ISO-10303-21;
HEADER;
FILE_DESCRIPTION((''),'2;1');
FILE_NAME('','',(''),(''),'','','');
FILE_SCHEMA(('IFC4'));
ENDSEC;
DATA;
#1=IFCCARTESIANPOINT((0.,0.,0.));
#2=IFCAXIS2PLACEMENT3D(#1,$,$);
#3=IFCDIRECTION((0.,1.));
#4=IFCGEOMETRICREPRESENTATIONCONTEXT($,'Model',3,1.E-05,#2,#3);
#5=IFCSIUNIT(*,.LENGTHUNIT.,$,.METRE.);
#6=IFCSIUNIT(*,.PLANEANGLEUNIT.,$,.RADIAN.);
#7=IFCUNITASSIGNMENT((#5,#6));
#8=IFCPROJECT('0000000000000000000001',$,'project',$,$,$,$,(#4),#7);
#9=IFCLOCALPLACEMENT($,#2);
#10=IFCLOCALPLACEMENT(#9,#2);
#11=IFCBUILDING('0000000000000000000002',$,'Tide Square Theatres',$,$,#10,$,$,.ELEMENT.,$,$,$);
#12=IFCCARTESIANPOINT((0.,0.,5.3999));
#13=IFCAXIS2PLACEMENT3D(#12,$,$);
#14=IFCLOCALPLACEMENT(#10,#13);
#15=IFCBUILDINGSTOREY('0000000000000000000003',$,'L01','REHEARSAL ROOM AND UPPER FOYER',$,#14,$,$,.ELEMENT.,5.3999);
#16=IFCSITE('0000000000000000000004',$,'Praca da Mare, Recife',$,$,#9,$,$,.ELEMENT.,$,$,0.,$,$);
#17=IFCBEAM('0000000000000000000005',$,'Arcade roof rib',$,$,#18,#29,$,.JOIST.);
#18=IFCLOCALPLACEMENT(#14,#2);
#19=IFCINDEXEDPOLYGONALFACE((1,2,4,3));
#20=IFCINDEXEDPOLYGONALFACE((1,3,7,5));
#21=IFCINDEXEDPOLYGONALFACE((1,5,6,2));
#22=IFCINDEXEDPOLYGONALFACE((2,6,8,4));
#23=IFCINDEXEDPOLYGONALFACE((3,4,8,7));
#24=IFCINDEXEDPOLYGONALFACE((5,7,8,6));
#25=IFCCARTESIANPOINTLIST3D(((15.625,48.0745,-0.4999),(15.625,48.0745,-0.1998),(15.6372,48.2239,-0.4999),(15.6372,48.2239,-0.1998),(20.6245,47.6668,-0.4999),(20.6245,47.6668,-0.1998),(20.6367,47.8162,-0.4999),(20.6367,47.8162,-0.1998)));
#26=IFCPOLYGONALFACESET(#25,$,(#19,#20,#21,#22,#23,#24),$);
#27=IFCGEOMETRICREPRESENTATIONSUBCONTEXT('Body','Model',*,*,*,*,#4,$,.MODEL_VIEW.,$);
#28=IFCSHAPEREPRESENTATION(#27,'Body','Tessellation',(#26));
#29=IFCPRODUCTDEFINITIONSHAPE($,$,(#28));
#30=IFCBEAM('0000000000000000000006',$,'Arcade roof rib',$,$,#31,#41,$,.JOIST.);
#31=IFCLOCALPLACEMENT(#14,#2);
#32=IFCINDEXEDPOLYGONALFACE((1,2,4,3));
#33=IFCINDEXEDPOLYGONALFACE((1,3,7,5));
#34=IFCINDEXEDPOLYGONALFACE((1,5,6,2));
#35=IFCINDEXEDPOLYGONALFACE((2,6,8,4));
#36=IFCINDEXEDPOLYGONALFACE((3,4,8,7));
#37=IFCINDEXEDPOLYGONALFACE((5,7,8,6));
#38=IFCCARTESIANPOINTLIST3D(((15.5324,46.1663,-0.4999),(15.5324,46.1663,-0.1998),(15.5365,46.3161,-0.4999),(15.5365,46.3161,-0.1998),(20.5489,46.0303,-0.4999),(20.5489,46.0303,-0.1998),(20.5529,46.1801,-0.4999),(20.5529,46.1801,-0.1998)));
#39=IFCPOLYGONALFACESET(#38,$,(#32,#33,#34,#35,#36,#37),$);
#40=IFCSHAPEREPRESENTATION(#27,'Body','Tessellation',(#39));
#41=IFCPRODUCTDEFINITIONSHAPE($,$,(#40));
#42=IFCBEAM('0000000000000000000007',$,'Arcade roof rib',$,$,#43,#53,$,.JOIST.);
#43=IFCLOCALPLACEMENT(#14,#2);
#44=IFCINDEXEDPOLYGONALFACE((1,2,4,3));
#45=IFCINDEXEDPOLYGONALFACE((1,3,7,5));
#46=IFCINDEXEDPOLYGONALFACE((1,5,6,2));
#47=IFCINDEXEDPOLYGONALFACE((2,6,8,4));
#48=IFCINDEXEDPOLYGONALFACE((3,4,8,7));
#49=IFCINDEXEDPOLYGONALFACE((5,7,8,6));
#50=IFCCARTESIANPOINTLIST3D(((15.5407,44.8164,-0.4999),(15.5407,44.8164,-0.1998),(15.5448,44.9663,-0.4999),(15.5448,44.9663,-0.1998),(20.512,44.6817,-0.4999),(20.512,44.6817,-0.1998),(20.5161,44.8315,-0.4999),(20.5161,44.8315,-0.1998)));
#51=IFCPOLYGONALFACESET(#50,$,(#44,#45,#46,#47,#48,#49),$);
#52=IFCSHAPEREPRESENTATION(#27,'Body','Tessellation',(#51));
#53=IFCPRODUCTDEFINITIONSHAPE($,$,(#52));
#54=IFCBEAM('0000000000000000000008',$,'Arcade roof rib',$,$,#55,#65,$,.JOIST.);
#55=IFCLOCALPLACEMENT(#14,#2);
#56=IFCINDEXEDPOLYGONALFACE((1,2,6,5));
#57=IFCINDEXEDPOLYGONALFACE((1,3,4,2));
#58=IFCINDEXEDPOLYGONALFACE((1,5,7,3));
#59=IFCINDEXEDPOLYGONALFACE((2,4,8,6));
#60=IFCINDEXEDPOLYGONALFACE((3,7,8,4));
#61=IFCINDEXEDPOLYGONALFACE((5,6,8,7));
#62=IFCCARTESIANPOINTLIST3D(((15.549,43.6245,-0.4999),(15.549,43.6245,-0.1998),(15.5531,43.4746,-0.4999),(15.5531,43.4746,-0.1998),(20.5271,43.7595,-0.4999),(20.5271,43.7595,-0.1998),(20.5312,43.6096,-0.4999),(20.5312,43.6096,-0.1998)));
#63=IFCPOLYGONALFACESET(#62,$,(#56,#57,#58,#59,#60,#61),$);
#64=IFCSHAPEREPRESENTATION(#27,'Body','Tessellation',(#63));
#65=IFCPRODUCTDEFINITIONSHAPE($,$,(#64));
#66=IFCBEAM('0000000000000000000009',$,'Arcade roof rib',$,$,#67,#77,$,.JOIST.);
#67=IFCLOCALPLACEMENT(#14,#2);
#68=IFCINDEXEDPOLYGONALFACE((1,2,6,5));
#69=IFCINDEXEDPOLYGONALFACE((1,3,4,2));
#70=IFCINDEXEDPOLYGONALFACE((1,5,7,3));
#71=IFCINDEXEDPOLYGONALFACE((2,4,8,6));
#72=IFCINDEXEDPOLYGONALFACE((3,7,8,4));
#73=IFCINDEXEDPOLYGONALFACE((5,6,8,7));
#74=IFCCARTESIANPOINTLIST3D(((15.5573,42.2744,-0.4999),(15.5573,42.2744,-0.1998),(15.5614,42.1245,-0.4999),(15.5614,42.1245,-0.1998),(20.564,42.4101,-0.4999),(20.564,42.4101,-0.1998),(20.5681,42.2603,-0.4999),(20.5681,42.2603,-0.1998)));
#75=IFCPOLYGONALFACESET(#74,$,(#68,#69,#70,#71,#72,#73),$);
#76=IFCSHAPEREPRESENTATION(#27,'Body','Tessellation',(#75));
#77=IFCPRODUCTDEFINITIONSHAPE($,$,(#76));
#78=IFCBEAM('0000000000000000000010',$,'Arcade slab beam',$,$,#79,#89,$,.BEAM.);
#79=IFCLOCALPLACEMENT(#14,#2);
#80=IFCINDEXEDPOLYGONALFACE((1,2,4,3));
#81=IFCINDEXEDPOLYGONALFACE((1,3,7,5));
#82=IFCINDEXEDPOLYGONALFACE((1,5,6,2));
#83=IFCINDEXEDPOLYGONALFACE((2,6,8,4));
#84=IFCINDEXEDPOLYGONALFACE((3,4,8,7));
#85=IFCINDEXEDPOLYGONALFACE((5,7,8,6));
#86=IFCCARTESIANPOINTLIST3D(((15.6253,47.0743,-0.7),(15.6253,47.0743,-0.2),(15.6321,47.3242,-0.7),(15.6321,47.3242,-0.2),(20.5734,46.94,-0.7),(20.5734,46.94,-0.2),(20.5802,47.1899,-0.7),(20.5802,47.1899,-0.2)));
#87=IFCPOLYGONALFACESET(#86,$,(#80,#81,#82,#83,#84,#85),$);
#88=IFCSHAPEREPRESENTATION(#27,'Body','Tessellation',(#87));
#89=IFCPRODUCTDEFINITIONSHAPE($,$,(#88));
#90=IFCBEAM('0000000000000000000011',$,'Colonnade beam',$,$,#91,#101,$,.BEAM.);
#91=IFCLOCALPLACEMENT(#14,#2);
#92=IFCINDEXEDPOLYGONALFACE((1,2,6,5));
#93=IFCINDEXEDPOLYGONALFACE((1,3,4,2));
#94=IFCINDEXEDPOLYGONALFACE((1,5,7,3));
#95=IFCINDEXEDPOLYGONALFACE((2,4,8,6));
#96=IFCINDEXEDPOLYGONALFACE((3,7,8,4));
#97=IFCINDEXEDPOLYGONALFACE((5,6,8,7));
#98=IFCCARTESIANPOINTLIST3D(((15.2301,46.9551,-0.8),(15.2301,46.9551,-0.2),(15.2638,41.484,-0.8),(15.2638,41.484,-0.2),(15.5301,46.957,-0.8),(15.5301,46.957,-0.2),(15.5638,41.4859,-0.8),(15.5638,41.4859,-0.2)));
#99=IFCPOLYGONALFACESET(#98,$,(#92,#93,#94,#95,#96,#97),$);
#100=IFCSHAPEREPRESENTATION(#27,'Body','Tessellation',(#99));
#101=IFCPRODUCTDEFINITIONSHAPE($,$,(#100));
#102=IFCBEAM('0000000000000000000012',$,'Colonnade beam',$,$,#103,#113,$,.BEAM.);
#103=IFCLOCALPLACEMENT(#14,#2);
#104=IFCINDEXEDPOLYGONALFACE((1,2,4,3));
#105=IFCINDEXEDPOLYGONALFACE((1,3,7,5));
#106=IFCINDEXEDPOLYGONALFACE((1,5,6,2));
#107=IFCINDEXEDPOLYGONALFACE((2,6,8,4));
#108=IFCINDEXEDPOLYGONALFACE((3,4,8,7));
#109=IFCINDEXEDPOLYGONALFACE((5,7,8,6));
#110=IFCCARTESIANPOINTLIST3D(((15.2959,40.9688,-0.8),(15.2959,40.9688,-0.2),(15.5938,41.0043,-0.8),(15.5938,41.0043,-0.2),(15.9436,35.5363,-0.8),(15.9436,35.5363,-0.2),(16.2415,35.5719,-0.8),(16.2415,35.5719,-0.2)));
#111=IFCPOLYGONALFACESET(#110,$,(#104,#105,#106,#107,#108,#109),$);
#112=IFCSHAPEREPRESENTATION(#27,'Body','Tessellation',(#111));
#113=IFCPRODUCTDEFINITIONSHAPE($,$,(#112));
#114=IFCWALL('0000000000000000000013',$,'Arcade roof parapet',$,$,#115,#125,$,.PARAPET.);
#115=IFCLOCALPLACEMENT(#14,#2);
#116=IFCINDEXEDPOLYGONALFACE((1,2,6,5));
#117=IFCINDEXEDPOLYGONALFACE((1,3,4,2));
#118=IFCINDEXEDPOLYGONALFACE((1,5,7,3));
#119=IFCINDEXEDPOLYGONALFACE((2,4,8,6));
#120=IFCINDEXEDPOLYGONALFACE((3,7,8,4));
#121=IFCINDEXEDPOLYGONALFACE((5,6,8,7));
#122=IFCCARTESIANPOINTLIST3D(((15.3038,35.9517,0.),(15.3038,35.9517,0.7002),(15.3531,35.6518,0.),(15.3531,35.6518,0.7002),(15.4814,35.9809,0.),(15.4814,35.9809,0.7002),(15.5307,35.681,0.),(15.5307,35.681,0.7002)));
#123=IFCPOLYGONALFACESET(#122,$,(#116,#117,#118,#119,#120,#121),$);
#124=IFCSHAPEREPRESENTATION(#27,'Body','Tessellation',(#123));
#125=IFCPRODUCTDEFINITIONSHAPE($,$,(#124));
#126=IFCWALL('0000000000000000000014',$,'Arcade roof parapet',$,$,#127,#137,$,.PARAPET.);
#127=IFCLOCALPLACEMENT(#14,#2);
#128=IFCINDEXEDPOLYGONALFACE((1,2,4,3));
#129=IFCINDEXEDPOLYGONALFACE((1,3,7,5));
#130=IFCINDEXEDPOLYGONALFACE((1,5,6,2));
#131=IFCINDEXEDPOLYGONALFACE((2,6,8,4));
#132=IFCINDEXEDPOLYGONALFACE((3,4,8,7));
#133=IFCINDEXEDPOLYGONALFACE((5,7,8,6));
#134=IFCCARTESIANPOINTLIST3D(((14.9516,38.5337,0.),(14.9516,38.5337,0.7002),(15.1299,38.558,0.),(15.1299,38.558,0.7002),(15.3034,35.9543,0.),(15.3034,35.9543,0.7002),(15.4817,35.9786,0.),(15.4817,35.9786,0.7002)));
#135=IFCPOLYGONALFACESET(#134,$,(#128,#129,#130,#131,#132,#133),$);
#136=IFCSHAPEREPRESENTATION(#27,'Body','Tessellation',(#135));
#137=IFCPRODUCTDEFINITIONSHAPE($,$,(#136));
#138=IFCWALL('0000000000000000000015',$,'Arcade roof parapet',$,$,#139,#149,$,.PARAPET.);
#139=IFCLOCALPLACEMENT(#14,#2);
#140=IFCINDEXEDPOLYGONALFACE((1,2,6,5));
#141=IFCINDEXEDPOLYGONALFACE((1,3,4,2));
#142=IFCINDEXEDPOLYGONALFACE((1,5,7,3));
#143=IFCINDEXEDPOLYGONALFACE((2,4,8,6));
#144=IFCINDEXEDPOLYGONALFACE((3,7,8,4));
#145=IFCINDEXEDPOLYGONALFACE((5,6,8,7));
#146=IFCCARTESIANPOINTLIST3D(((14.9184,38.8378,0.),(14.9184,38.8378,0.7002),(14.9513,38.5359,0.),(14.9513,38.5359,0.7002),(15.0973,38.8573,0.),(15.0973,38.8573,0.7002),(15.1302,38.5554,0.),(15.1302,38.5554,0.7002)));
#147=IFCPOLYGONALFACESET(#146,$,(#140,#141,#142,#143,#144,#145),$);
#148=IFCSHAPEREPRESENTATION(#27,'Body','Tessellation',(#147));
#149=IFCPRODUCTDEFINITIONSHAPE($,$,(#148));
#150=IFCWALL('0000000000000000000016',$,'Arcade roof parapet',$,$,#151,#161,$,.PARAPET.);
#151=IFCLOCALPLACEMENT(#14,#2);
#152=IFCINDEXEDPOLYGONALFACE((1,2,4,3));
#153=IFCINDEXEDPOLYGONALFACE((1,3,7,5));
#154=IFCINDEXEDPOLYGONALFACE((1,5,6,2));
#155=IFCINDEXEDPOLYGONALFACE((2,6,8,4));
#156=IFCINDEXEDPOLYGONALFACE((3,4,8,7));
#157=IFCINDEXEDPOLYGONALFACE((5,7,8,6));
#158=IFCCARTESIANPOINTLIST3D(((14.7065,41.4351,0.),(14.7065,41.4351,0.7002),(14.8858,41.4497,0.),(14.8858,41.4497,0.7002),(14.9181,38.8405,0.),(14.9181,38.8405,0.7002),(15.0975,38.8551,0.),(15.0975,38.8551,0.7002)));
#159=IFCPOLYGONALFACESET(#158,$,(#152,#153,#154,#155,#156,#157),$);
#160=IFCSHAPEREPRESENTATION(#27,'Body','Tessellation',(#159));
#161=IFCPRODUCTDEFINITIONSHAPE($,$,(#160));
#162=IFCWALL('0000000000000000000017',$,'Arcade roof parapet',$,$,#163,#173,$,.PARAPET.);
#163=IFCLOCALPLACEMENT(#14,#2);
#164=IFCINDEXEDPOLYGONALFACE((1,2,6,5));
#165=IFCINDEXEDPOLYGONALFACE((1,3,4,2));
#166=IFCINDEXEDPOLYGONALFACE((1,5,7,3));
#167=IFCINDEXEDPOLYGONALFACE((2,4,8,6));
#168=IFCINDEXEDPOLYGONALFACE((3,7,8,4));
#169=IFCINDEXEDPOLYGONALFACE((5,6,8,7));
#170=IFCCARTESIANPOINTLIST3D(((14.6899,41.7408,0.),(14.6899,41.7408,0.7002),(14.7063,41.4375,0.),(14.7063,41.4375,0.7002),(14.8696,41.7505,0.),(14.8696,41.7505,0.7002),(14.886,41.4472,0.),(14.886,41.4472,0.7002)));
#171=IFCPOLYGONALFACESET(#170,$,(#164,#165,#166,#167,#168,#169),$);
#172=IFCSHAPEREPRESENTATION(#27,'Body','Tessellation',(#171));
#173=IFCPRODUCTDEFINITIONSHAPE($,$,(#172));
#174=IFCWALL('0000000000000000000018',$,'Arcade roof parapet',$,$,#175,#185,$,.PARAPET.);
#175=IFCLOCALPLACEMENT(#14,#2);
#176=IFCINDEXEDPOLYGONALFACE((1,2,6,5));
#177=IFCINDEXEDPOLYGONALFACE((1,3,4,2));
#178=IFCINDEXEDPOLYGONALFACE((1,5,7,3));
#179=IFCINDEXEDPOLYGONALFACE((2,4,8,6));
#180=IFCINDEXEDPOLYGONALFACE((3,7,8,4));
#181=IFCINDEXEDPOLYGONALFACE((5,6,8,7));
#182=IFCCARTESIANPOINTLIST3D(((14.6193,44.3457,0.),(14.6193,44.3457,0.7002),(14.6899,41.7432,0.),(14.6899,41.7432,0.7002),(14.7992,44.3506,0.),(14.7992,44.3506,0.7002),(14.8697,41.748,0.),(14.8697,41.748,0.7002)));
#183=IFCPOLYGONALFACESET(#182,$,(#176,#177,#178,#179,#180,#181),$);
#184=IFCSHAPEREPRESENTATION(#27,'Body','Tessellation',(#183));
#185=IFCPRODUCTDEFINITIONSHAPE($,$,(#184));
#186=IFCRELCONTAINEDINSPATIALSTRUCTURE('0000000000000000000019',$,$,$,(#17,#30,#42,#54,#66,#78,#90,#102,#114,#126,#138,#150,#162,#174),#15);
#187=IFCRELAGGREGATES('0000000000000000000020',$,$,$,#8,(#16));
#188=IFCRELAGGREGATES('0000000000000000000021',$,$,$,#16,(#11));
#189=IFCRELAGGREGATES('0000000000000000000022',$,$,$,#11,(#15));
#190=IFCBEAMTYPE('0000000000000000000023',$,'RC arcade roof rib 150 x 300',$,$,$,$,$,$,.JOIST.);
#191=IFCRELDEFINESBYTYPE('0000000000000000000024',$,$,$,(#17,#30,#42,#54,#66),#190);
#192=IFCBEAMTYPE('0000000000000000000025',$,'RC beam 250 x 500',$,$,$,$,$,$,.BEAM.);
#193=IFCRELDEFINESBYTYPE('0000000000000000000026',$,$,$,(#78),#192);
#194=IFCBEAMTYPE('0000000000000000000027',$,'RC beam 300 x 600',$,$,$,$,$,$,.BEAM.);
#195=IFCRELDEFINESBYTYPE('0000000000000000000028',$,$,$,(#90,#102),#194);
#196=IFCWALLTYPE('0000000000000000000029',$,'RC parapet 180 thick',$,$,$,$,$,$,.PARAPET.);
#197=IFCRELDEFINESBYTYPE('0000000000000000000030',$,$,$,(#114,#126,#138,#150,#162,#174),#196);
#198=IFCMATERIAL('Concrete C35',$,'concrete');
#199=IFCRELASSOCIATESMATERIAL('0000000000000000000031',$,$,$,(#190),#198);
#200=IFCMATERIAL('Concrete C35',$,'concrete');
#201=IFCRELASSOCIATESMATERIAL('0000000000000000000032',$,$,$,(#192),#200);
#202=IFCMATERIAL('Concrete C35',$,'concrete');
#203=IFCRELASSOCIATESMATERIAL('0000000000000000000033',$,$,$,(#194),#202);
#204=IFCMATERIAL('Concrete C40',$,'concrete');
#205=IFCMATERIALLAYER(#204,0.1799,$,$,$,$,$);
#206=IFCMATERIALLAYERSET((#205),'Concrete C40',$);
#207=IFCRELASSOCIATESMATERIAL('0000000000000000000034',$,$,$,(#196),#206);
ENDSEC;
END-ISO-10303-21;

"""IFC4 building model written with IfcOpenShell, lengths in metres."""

from ifc_helpers import new_model, si_unit, direction, frame, frame_2d, origin, origin_2d, place, context, subcontext, project, spatial, rectangle, extrude, material, layer, layer_set, material_profile, profile_set, type_object, element, save


model = new_model("IFC4")

# Units and contexts
model_context = context("Model", 3, precision=1e-05, world=origin(), true_north=direction((0.0, 1.0)))
body_context = subcontext(model_context, "Body", "Model", "MODEL_VIEW")
ifc_project = project(units=[si_unit("LENGTHUNIT", "METRE"), si_unit("PLANEANGLEUNIT", "RADIAN")], contexts=[model_context])

# Site, building, storey
site_placement = place(None, origin())
site = spatial("IfcSite", under=ifc_project, at=site_placement, Name="Praca da Mare, Recife", CompositionType="ELEMENT", RefElevation=0.0)
building_placement = place(site_placement, origin())
building = spatial("IfcBuilding", under=site, at=building_placement, Name="Tide Square Theatres", CompositionType="ELEMENT")
storey_placement = place(building_placement, frame((0.0, 0.0, 5.3999)))
storey = spatial("IfcBuildingStorey", under=building, at=storey_placement, Name="L01", Description="REHEARSAL ROOM AND UPPER FOYER", CompositionType="ELEMENT", Elevation=5.3999)

# Beams
ifc_material_1 = material(Name="Concrete C35", Category="concrete")
ifc_material_profile_1 = material_profile(ifc_material_1, rectangle(XDim=0.1499, YDim=0.3, at=origin_2d()))
ifc_profile_set_1 = profile_set([ifc_material_profile_1], Name="Concrete C35")
beam_type_1 = type_object("IfcBeamType", Name="RC arcade roof rib 150 x 300", PredefinedType="JOIST", material=ifc_profile_set_1)
beam_1_placement = place(storey_placement, frame((15.6311, 48.1492, -0.3499), z_axis=(0.996691, -0.081281, 0.0), x_axis=(0.081281, 0.996691, 0.0)))
element("IfcBeam", 1, at=beam_1_placement, inside=storey, type_object=beam_type_1, Name="Arcade roof rib", PredefinedType="JOIST", context=body_context, shape_type="SweptSolid", body=[
    extrude(rectangle(XDim=0.1499, YDim=0.3, at=origin_2d()), origin(), (0.0, 0.0, 1.0), 5.0161),
])
beam_2_placement = place(storey_placement, frame((15.5344, 46.2412, -0.3499), z_axis=(0.999633, -0.027099, 0.0), x_axis=(0.027099, 0.999633, 0.0)))
element("IfcBeam", 2, at=beam_2_placement, inside=storey, type_object=beam_type_1, Name="Arcade roof rib", PredefinedType="JOIST", context=body_context, shape_type="SweptSolid", body=[
    extrude(rectangle(XDim=0.1499, YDim=0.3, at=origin_2d()), origin(), (0.0, 0.0, 1.0), 5.0183),
])
beam_3_placement = place(storey_placement, frame((15.5427, 44.8914, -0.3499), z_axis=(0.999633, -0.027098, 0.0), x_axis=(0.027098, 0.999633, 0.0)))
element("IfcBeam", 3, at=beam_3_placement, inside=storey, type_object=beam_type_1, Name="Arcade roof rib", PredefinedType="JOIST", context=body_context, shape_type="SweptSolid", body=[
    extrude(rectangle(XDim=0.1499, YDim=0.3, at=origin_2d()), origin(), (0.0, 0.0, 1.0), 4.9731),
])
beam_4_placement = place(storey_placement, frame((15.551, 43.5496, -0.3499), z_axis=(0.999632, 0.02711, 0.0), x_axis=(-0.02711, 0.999632, 0.0)))
element("IfcBeam", 4, at=beam_4_placement, inside=storey, type_object=beam_type_1, Name="Arcade roof rib", PredefinedType="JOIST", context=body_context, shape_type="SweptSolid", body=[
    extrude(rectangle(XDim=0.1499, YDim=0.3, at=origin_2d()), origin(), (0.0, 0.0, 1.0), 4.98),
])
beam_5_placement = place(storey_placement, frame((15.5593, 42.1995, -0.3499), z_axis=(0.999633, 0.027103, 0.0), x_axis=(-0.027103, 0.999633, 0.0)))
element("IfcBeam", 5, at=beam_5_placement, inside=storey, type_object=beam_type_1, Name="Arcade roof rib", PredefinedType="JOIST", context=body_context, shape_type="SweptSolid", body=[
    extrude(rectangle(XDim=0.1499, YDim=0.3, at=origin_2d()), origin(), (0.0, 0.0, 1.0), 5.0085),
])
ifc_material_2 = material(Name="Concrete C35", Category="concrete")
ifc_material_profile_2 = material_profile(ifc_material_2, rectangle(XDim=0.25, YDim=0.5, at=origin_2d()))
ifc_profile_set_2 = profile_set([ifc_material_profile_2], Name="Concrete C35")
beam_type_2 = type_object("IfcBeamType", Name="RC beam 250 x 500", PredefinedType="BEAM", material=ifc_profile_set_2)
beam_6_placement = place(storey_placement, frame((15.6287, 47.1992, -0.45), z_axis=(0.999632, -0.027126, 0.0), x_axis=(0.027126, 0.999632, 0.0)))
element("IfcBeam", 6, at=beam_6_placement, inside=storey, type_object=beam_type_2, Name="Arcade slab beam", PredefinedType="BEAM", context=body_context, shape_type="SweptSolid", body=[
    extrude(rectangle(XDim=0.25, YDim=0.5, at=origin_2d()), origin(), (0.0, 0.0, 1.0), 4.95),
])
ifc_material_3 = material(Name="Concrete C35", Category="concrete")
ifc_material_profile_3 = material_profile(ifc_material_3, rectangle(XDim=0.3, YDim=0.6001, at=origin_2d()))
ifc_profile_set_3 = profile_set([ifc_material_profile_3], Name="Concrete C35")
beam_type_3 = type_object("IfcBeamType", Name="RC beam 300 x 600", PredefinedType="BEAM", material=ifc_profile_set_3)
beam_7_placement = place(storey_placement, frame((15.3801, 46.9561, -0.5), z_axis=(0.006158, -0.999981, 0.0), x_axis=(0.999981, 0.006158, 0.0)))
element("IfcBeam", 7, at=beam_7_placement, inside=storey, type_object=beam_type_3, Name="Colonnade beam", PredefinedType="BEAM", context=body_context, shape_type="SweptSolid", body=[
    extrude(rectangle(XDim=0.3, YDim=0.6001, at=origin_2d()), origin(), (0.0, 0.0, 1.0), 5.4712),
])
beam_8_placement = place(storey_placement, frame((15.4448, 40.9866, -0.5), z_axis=(0.118392, -0.992967, 0.0), x_axis=(0.992967, 0.118392, 0.0)))
element("IfcBeam", 8, at=beam_8_placement, inside=storey, type_object=beam_type_3, Name="Colonnade beam", PredefinedType="BEAM", context=body_context, shape_type="SweptSolid", body=[
    extrude(rectangle(XDim=0.3, YDim=0.6001, at=origin_2d()), origin(), (0.0, 0.0, 1.0), 5.4709),
])

# Walls
ifc_material_4 = material(Name="Concrete C40", Category="concrete")
ifc_layer = layer(ifc_material_4, 0.1799)
ifc_layer_set = layer_set([ifc_layer], Name="Concrete C40")
wall_type = type_object("IfcWallType", Name="RC parapet 180 thick", PredefinedType="PARAPET", material=ifc_layer_set)
wall_1_placement = place(storey_placement, frame((15.4419, 35.6665, 0.0), z_axis=(0.0, 0.0, 1.0), x_axis=(-0.162314, 0.986739, 0.0)))
element("IfcWall", 9, at=wall_1_placement, inside=storey, type_object=wall_type, Name="Arcade roof parapet", PredefinedType="PARAPET", context=body_context, shape_type="SweptSolid", body=[
    extrude(rectangle(XDim=0.304, YDim=0.1799, at=frame_2d((0.1519, 0.0))), origin(), (0.0, 0.0, 1.0), 0.7002),
])
wall_2_placement = place(storey_placement, frame((15.3926, 35.9663, 0.0), z_axis=(0.0, 0.0, 1.0), x_axis=(-0.135143, 0.990826, 0.0)))
element("IfcWall", 10, at=wall_2_placement, inside=storey, type_object=wall_type, Name="Arcade roof parapet", PredefinedType="PARAPET", context=body_context, shape_type="SweptSolid", body=[
    extrude(rectangle(XDim=2.6033, YDim=0.1799, at=frame_2d((1.3018, 0.0))), origin(), (0.0, 0.0, 1.0), 0.7002),
])
wall_3_placement = place(storey_placement, frame((15.0408, 38.5457, 0.0), z_axis=(0.0, 0.0, 1.0), x_axis=(-0.108491, 0.994097, 0.0)))
element("IfcWall", 11, at=wall_3_placement, inside=storey, type_object=wall_type, Name="Arcade roof parapet", PredefinedType="PARAPET", context=body_context, shape_type="SweptSolid", body=[
    extrude(rectangle(XDim=0.3037, YDim=0.1799, at=frame_2d((0.1519, 0.0))), origin(), (0.0, 0.0, 1.0), 0.7002),
])
wall_4_placement = place(storey_placement, frame((15.0078, 38.8477, 0.0), z_axis=(0.0, 0.0, 1.0), x_axis=(-0.081307, 0.996689, 0.0)))
element("IfcWall", 12, at=wall_4_placement, inside=storey, type_object=wall_type, Name="Arcade roof parapet", PredefinedType="PARAPET", context=body_context, shape_type="SweptSolid", body=[
    extrude(rectangle(XDim=2.6033, YDim=0.1799, at=frame_2d((1.3018, 0.0))), origin(), (0.0, 0.0, 1.0), 0.7002),
])
wall_5_placement = place(storey_placement, frame((14.7961, 41.4424, 0.0), z_axis=(0.0, 0.0, 1.0), x_axis=(-0.053867, 0.998548, 0.0)))
element("IfcWall", 13, at=wall_5_placement, inside=storey, type_object=wall_type, Name="Arcade roof parapet", PredefinedType="PARAPET", context=body_context, shape_type="SweptSolid", body=[
    extrude(rectangle(XDim=0.3037, YDim=0.1799, at=frame_2d((0.1519, 0.0))), origin(), (0.0, 0.0, 1.0), 0.7002),
])
wall_6_placement = place(storey_placement, frame((14.7798, 41.7456, 0.0), z_axis=(0.0, 0.0, 1.0), x_axis=(-0.027101, 0.999633, 0.0)))
element("IfcWall", 14, at=wall_6_placement, inside=storey, type_object=wall_type, Name="Arcade roof parapet", PredefinedType="PARAPET", context=body_context, shape_type="SweptSolid", body=[
    extrude(rectangle(XDim=2.6035, YDim=0.1799, at=frame_2d((1.3018, 0.0))), origin(), (0.0, 0.0, 1.0), 0.7002),
])

save(model, "model.ifc")
